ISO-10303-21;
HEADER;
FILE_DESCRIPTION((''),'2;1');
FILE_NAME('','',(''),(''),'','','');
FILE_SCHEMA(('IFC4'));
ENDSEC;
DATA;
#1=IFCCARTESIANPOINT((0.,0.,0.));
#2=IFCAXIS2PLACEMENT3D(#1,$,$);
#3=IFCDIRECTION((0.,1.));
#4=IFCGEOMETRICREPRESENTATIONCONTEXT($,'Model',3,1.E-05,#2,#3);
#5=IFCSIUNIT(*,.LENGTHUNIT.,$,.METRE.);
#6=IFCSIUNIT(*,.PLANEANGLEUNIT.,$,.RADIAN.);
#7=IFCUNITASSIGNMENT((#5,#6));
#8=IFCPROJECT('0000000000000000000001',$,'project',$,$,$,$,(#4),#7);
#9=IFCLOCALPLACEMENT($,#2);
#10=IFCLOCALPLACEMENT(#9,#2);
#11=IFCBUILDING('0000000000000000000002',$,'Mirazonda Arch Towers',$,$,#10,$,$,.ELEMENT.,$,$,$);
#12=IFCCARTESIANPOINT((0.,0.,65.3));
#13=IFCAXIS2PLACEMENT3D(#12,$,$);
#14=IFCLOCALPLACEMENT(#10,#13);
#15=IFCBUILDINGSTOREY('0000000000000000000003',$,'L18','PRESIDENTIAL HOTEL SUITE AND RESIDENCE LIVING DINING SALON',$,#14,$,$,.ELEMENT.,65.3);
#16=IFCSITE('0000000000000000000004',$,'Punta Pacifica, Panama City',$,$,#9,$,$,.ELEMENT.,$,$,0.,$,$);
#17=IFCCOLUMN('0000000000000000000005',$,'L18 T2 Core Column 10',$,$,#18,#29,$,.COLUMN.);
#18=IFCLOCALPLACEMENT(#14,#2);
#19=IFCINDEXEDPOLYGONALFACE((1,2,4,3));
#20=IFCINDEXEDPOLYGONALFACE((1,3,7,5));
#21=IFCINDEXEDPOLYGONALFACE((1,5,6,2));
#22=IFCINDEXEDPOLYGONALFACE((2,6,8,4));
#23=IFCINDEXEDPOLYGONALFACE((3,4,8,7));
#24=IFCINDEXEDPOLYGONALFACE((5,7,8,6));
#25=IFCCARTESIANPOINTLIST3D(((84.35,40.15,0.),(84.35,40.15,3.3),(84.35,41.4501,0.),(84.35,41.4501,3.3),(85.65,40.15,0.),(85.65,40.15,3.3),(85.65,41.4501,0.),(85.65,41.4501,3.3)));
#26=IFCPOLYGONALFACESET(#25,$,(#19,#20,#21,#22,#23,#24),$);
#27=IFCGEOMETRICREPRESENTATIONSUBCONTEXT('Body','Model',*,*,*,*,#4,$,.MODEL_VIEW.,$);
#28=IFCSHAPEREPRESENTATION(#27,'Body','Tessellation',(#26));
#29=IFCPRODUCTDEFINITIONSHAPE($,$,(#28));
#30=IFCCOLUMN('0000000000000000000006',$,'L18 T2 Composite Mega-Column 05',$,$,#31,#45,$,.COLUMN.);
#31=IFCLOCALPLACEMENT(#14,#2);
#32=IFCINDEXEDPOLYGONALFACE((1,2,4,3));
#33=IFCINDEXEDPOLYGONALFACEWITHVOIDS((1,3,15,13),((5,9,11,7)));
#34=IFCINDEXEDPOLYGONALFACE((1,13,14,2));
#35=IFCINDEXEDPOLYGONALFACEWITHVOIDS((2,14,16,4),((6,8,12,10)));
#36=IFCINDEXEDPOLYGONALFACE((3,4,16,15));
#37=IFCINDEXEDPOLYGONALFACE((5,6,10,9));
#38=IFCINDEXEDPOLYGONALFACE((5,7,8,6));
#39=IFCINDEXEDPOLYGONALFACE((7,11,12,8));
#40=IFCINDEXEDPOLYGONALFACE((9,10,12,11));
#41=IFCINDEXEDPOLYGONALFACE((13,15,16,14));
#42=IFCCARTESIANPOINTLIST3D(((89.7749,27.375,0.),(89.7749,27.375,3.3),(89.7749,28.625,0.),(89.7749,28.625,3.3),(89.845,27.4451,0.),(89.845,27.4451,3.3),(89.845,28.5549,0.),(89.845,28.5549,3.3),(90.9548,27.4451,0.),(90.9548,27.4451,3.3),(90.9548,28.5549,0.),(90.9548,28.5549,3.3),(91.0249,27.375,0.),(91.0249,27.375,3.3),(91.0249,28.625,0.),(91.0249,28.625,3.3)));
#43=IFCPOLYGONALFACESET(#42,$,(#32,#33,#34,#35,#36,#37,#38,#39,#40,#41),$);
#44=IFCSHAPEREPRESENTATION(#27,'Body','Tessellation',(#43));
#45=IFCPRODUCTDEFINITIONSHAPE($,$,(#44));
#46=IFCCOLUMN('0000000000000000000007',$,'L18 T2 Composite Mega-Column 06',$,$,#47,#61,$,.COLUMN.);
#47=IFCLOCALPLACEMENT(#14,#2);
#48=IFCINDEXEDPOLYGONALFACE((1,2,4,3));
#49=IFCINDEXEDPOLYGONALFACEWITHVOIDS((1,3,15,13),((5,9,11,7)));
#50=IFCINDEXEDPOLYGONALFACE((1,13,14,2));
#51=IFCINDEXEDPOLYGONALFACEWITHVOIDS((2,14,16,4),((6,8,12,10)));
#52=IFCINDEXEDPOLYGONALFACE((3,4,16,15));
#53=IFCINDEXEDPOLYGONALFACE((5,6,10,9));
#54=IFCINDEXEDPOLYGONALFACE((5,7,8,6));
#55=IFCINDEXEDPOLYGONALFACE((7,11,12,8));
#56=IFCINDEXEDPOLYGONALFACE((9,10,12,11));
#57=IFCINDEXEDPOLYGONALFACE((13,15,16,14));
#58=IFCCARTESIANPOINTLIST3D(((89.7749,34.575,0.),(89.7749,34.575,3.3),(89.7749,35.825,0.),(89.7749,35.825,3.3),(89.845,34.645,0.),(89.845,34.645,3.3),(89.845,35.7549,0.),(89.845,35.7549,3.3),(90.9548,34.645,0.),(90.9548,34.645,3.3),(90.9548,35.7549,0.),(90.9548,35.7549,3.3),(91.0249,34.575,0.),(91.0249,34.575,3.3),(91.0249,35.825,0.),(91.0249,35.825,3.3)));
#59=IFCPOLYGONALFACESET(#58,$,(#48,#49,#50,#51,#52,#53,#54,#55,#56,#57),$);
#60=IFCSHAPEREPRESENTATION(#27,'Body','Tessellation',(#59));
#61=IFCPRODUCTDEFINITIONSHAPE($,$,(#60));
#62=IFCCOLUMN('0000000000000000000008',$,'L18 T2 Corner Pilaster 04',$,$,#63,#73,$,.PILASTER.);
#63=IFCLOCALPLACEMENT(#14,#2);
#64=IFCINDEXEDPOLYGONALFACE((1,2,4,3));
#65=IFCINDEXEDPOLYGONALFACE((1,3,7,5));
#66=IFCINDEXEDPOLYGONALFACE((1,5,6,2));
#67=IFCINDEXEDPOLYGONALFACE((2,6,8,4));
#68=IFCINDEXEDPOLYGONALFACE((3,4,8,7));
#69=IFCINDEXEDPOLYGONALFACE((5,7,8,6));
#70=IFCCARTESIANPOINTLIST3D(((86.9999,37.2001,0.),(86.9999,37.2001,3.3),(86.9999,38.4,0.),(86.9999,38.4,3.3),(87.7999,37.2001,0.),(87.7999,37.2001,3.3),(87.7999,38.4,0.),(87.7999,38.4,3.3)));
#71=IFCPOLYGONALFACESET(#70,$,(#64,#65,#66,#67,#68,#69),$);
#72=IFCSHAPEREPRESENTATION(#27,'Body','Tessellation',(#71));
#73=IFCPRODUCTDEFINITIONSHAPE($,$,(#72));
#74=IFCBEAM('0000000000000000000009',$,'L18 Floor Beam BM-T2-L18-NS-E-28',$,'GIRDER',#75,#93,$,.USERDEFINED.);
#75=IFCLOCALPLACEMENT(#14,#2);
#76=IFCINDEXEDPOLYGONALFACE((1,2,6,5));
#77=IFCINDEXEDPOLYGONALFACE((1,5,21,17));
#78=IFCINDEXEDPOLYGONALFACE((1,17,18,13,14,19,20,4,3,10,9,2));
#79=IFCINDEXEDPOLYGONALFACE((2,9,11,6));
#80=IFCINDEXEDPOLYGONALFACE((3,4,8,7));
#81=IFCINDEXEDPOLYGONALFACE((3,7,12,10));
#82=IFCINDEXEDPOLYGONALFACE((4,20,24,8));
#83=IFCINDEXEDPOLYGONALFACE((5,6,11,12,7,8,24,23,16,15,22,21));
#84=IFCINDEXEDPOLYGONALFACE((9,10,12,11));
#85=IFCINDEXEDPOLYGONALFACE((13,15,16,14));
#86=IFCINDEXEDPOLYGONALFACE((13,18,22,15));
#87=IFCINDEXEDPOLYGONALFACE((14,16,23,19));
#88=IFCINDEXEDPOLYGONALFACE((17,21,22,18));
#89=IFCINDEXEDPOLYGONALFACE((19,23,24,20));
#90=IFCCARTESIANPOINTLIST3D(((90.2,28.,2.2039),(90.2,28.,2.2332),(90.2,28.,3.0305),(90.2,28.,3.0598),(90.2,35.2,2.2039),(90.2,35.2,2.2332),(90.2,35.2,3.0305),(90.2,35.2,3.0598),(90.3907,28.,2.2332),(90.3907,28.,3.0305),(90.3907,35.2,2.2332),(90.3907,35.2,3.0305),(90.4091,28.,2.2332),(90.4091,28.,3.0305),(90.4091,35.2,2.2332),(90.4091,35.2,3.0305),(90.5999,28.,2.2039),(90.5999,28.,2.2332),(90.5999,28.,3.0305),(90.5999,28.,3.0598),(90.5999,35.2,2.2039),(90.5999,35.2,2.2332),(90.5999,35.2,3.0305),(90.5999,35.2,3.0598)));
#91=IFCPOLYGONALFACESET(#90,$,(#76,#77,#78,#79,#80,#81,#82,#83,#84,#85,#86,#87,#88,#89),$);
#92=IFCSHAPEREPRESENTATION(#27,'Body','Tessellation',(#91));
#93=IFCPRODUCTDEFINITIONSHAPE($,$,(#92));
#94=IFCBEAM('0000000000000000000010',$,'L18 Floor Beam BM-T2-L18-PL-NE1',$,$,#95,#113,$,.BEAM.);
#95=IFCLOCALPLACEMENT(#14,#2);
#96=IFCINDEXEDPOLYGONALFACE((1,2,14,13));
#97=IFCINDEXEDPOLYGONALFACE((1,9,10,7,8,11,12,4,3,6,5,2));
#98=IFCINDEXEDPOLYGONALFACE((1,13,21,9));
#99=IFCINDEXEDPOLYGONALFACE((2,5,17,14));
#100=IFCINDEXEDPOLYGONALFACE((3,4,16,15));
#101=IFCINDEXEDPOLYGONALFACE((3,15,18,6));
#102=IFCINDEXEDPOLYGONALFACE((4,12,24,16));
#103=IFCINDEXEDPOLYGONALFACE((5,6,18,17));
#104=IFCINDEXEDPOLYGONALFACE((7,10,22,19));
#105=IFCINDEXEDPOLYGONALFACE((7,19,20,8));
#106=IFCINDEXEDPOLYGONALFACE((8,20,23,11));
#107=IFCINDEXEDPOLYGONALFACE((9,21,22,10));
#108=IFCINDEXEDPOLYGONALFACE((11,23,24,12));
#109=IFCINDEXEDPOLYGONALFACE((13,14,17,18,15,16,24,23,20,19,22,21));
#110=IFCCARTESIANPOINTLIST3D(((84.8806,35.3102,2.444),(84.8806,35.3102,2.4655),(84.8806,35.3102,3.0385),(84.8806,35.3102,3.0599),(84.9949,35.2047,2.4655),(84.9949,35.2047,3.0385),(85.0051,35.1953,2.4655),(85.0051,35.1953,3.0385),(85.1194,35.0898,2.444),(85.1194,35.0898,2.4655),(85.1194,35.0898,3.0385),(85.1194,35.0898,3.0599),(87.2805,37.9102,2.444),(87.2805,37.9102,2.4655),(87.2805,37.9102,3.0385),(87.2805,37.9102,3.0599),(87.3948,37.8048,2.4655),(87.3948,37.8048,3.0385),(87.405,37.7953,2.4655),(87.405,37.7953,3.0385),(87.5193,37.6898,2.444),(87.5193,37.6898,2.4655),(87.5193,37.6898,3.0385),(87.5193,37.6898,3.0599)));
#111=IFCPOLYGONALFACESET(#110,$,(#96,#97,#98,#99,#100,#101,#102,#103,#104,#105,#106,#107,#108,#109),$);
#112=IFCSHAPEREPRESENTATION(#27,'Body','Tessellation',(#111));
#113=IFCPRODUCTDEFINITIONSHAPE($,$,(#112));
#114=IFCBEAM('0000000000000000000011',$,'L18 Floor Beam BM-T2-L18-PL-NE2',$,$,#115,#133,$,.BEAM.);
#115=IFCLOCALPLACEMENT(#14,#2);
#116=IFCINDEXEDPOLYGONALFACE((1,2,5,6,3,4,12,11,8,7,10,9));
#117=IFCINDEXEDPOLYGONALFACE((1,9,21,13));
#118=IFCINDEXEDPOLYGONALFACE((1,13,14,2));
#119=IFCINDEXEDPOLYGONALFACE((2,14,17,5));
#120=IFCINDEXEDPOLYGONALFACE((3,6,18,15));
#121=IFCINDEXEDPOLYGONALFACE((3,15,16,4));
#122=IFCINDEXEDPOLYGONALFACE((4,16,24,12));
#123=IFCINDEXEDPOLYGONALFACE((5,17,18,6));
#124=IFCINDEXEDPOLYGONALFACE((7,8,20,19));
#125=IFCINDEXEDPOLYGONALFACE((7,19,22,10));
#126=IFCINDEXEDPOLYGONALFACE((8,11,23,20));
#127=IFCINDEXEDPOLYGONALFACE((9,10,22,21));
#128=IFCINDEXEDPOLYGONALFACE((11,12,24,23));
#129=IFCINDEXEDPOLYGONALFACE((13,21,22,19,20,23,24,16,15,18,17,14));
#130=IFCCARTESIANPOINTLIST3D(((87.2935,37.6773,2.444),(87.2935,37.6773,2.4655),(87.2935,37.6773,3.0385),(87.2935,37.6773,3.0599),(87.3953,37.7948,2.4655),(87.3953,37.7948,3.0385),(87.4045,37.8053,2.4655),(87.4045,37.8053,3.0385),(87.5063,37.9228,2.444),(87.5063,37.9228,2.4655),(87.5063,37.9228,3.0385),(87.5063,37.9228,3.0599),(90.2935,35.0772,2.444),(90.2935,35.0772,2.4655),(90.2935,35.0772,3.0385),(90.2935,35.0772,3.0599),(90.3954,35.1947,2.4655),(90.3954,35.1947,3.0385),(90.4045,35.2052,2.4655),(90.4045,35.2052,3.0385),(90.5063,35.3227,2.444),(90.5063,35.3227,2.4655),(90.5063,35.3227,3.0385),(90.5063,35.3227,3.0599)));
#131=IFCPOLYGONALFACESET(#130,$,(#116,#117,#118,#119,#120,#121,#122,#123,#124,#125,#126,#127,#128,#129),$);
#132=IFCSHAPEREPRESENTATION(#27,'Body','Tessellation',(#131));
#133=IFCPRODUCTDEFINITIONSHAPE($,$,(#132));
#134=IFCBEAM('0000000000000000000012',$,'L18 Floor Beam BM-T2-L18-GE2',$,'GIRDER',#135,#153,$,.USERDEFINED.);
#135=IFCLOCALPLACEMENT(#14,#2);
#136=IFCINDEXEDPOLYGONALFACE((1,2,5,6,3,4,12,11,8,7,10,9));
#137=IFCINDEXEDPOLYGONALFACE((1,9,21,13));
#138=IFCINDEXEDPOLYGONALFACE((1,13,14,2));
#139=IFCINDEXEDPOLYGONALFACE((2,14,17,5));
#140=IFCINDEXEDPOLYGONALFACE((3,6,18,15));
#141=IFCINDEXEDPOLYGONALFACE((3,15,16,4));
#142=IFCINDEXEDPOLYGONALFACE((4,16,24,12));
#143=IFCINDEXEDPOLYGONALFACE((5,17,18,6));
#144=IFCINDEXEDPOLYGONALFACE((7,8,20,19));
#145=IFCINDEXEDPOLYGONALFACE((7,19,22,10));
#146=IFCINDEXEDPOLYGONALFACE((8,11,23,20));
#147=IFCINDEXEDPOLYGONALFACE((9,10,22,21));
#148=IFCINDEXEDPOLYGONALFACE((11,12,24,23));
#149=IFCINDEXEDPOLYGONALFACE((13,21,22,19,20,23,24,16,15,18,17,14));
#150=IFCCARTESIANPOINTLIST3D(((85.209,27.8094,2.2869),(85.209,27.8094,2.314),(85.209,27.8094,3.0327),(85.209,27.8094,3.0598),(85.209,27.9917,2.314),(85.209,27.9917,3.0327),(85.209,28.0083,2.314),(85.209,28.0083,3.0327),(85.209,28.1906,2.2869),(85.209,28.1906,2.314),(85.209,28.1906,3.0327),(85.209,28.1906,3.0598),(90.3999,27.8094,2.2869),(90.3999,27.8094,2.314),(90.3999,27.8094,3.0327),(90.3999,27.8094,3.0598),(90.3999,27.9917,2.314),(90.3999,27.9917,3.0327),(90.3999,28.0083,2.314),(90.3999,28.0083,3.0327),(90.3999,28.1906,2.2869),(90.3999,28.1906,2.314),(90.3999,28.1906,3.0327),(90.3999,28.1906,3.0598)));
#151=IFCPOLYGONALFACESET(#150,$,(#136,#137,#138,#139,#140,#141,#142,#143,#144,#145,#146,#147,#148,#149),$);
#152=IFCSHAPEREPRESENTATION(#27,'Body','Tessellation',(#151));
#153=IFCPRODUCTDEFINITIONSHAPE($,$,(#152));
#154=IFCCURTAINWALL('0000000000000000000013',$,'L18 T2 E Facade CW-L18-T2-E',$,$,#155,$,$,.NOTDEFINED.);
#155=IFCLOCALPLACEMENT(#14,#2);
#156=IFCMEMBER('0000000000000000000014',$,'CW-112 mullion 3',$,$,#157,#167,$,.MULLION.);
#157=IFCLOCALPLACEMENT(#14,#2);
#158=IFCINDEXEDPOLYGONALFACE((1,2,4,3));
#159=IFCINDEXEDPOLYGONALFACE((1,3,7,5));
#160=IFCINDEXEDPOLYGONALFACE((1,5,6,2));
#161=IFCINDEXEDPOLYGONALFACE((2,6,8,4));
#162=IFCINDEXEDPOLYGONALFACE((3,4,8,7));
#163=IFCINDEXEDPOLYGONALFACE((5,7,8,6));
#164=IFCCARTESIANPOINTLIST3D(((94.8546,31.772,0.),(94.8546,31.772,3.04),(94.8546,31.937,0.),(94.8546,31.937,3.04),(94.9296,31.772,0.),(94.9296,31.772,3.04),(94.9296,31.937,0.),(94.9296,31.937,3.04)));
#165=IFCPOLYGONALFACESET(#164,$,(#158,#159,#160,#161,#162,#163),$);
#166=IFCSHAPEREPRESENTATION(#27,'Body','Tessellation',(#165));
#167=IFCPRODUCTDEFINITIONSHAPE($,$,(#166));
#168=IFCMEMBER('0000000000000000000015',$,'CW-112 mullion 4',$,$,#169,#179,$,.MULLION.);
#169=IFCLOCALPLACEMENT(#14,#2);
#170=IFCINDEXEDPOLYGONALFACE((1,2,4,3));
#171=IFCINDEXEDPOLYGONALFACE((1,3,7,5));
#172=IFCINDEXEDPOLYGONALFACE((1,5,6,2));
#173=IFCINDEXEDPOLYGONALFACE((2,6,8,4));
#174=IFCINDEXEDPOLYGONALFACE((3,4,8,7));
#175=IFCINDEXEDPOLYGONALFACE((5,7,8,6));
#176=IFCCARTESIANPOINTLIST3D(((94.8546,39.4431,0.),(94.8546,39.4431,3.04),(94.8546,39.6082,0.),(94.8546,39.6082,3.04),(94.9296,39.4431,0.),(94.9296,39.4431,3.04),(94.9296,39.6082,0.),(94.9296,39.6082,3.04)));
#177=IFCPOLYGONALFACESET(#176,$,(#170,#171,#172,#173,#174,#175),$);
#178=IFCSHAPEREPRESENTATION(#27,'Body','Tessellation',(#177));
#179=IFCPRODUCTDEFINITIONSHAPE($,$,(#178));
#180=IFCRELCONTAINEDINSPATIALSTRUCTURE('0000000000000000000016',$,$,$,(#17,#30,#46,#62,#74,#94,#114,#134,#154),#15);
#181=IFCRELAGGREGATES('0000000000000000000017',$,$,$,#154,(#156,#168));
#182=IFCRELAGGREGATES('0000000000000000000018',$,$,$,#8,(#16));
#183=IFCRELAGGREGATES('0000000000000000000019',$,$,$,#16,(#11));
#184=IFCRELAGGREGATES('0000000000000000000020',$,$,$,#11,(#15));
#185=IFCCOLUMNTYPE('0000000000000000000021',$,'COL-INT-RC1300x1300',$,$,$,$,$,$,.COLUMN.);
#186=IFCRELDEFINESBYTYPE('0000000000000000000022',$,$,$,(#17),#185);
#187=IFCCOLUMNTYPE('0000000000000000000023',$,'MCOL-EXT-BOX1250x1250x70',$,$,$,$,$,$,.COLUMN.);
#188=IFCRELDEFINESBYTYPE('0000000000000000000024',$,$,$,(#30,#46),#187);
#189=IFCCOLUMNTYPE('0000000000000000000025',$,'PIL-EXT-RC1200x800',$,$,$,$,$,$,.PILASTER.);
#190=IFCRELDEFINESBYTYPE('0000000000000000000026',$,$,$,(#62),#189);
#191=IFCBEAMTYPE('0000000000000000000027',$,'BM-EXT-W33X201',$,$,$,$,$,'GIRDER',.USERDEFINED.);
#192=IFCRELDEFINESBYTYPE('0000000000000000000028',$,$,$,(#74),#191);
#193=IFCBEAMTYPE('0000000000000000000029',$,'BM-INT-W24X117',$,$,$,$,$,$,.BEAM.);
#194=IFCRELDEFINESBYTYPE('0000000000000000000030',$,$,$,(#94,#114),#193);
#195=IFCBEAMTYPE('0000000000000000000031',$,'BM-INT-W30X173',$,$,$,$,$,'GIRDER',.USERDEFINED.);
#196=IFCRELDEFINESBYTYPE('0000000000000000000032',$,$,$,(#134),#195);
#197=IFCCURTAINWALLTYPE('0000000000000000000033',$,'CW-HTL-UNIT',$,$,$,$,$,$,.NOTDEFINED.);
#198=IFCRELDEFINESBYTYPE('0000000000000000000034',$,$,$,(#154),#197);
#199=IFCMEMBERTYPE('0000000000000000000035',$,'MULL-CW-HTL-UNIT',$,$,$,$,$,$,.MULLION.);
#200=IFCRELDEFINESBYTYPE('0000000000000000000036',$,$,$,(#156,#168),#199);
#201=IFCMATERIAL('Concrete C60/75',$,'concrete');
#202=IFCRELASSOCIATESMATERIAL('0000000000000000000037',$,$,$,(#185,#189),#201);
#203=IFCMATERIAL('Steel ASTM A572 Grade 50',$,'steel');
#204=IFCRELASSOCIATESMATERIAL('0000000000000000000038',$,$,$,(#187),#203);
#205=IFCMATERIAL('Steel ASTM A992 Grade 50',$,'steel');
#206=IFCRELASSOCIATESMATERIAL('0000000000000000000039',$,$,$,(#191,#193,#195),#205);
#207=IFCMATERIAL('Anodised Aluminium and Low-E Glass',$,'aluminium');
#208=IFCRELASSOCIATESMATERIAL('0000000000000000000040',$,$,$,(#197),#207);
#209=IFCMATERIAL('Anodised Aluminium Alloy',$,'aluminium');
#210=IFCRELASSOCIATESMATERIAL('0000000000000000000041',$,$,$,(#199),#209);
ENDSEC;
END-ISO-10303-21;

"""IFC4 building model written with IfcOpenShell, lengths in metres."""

from ifc_helpers import new_model, si_unit, direction, frame, origin, origin_2d, place, context, subcontext, project, spatial, rectangle, hollow_rectangle, i_section, extrude, material, material_profile, profile_set, type_object, element, aggregate, save


model = new_model("IFC4")

# Units and contexts
model_context = context("Model", 3, precision=1e-05, world=origin(), true_north=direction((0.0, 1.0)))
body_context = subcontext(model_context, "Body", "Model", "MODEL_VIEW")
ifc_project = project(units=[si_unit("LENGTHUNIT", "METRE"), si_unit("PLANEANGLEUNIT", "RADIAN")], contexts=[model_context])

# Site, building, storey
site_placement = place(None, origin())
site = spatial("IfcSite", under=ifc_project, at=site_placement, Name="Punta Pacifica, Panama City", CompositionType="ELEMENT", RefElevation=0.0)
building_placement = place(site_placement, origin())
building = spatial("IfcBuilding", under=site, at=building_placement, Name="Mirazonda Arch Towers", CompositionType="ELEMENT")
storey_placement = place(building_placement, frame((0.0, 0.0, 65.3)))
storey = spatial("IfcBuildingStorey", under=building, at=storey_placement, Name="L18", Description="PRESIDENTIAL HOTEL SUITE AND RESIDENCE LIVING DINING SALON", CompositionType="ELEMENT", Elevation=65.3)

# Columns
ifc_material_1 = material(Name="Concrete C60/75", Category="concrete")
ifc_material_profile_1 = material_profile(ifc_material_1, rectangle(XDim=1.3, YDim=1.3, at=origin_2d()), Name="RC1300x1300")
ifc_profile_set_1 = profile_set([ifc_material_profile_1], Name="Concrete C60/75")
column_type_1 = type_object("IfcColumnType", Name="COL-INT-RC1300x1300", PredefinedType="COLUMN", material=ifc_profile_set_1)
column_1_placement = place(storey_placement, frame((85.0, 40.8, 0.0), z_axis=(0.0, 0.0, 1.0), x_axis=(1.0, 0.0, 0.0)))
element("IfcColumn", 1, at=column_1_placement, inside=storey, type_object=column_type_1, Name="L18 T2 Core Column 10", PredefinedType="COLUMN", context=body_context, shape_type="SweptSolid", body=[
    extrude(rectangle(XDim=1.3, YDim=1.3, at=origin_2d()), origin(), (0.0, 0.0, 1.0), 3.3),
])
ifc_material_2 = material(Name="Steel ASTM A572 Grade 50", Category="steel")
ifc_material_profile_2 = material_profile(ifc_material_2, hollow_rectangle(XDim=1.25, YDim=1.25, WallThickness=0.0701, at=origin_2d()), Name="BOX1250x1250x70")
ifc_profile_set_2 = profile_set([ifc_material_profile_2], Name="Steel ASTM A572 Grade 50")
column_type_2 = type_object("IfcColumnType", Name="MCOL-EXT-BOX1250x1250x70", PredefinedType="COLUMN", material=ifc_profile_set_2)
for number, where, z_axis, x_axis, name in (
    (2, (90.3999, 28.0, 0.0), (0.0, 0.0, 1.0), (1.0, 0.0, 0.0), "L18 T2 Composite Mega-Column 05"),
    (3, (90.3999, 35.2, 0.0), (0.0, 0.0, 1.0), (1.0, 0.0, 0.0), "L18 T2 Composite Mega-Column 06"),
):
    element("IfcColumn", number, at=place(storey_placement, frame(where, z_axis=z_axis, x_axis=x_axis)), inside=storey, type_object=column_type_2, Name=name, PredefinedType="COLUMN", context=body_context, shape_type="SweptSolid", body=[
        extrude(hollow_rectangle(XDim=1.25, YDim=1.25, WallThickness=0.0701, at=origin_2d()), origin(), (0.0, 0.0, 1.0), 3.3),
    ])
ifc_material_profile_3 = material_profile(ifc_material_1, rectangle(XDim=0.8, YDim=1.2, at=origin_2d()), Name="RC1200x800")
ifc_profile_set_3 = profile_set([ifc_material_profile_3], Name="Concrete C60/75")
column_type_3 = type_object("IfcColumnType", Name="PIL-EXT-RC1200x800", PredefinedType="PILASTER", material=ifc_profile_set_3)
column_2_placement = place(storey_placement, frame((87.3999, 37.8, 0.0), z_axis=(0.0, 0.0, 1.0), x_axis=(1.0, 0.0, 0.0)))
element("IfcColumn", 4, at=column_2_placement, inside=storey, type_object=column_type_3, Name="L18 T2 Corner Pilaster 04", PredefinedType="PILASTER", context=body_context, shape_type="SweptSolid", body=[
    extrude(rectangle(XDim=0.8, YDim=1.2, at=origin_2d()), origin(), (0.0, 0.0, 1.0), 3.3),
])

# Beams
ifc_material_3 = material(Name="Steel ASTM A992 Grade 50", Category="steel")
ifc_material_profile_4 = material_profile(ifc_material_3, i_section(OverallWidth=0.3999, OverallDepth=0.856, WebThickness=0.0183, FlangeThickness=0.0293, at=origin_2d()), Name="W33X201")
ifc_profile_set_4 = profile_set([ifc_material_profile_4], Name="Steel ASTM A992 Grade 50")
beam_type_1 = type_object("IfcBeamType", Name="BM-EXT-W33X201", ElementType="GIRDER", PredefinedType="USERDEFINED", material=ifc_profile_set_4)
beam_1_placement = place(storey_placement, frame((90.3999, 28.0, 2.6318), z_axis=(0.0, 1.0, 0.0), x_axis=(-1.0, 0.0, 0.0)))
element("IfcBeam", 5, at=beam_1_placement, inside=storey, type_object=beam_type_1, Name="L18 Floor Beam BM-T2-L18-NS-E-28", ObjectType="GIRDER", PredefinedType="USERDEFINED", context=body_context, shape_type="SweptSolid", body=[
    extrude(i_section(OverallWidth=0.3999, OverallDepth=0.856, WebThickness=0.0183, FlangeThickness=0.0293, at=origin_2d()), origin(), (0.0, 0.0, 1.0), 7.2),
])
ifc_material_profile_5 = material_profile(ifc_material_3, i_section(OverallWidth=0.325, OverallDepth=0.616, WebThickness=0.0139, FlangeThickness=0.0215, at=origin_2d()), Name="W24X117")
ifc_profile_set_5 = profile_set([ifc_material_profile_5], Name="Steel ASTM A992 Grade 50")
beam_type_2 = type_object("IfcBeamType", Name="BM-INT-W24X117", PredefinedType="BEAM", material=ifc_profile_set_5)
beam_2_placement = place(storey_placement, frame((87.3999, 37.8, 2.752), z_axis=(-0.678251, -0.73483, 0.0), x_axis=(0.73483, -0.678251, 0.0)))
element("IfcBeam", 6, at=beam_2_placement, inside=storey, type_object=beam_type_2, Name="L18 Floor Beam BM-T2-L18-PL-NE1", PredefinedType="BEAM", context=body_context, shape_type="SweptSolid", body=[
    extrude(i_section(OverallWidth=0.325, OverallDepth=0.616, WebThickness=0.0139, FlangeThickness=0.0215, at=origin_2d()), origin(), (0.0, 0.0, 1.0), 3.5383),
])
beam_3_placement = place(storey_placement, frame((87.3999, 37.8, 2.752), z_axis=(0.755677, -0.654945, 0.0), x_axis=(0.654945, 0.755677, 0.0)))
element("IfcBeam", 7, at=beam_3_placement, inside=storey, type_object=beam_type_2, Name="L18 Floor Beam BM-T2-L18-PL-NE2", PredefinedType="BEAM", context=body_context, shape_type="SweptSolid", body=[
    extrude(i_section(OverallWidth=0.325, OverallDepth=0.616, WebThickness=0.0139, FlangeThickness=0.0215, at=origin_2d()), origin(), (0.0, 0.0, 1.0), 3.97),
])
ifc_material_profile_6 = material_profile(ifc_material_3, i_section(OverallWidth=0.3811, OverallDepth=0.7729, WebThickness=0.0166, FlangeThickness=0.0271, at=origin_2d()), Name="W30X173")
ifc_profile_set_6 = profile_set([ifc_material_profile_6], Name="Steel ASTM A992 Grade 50")
beam_type_3 = type_object("IfcBeamType", Name="BM-INT-W30X173", ElementType="GIRDER", PredefinedType="USERDEFINED", material=ifc_profile_set_6)
beam_4_placement = place(storey_placement, frame((85.209, 28.0, 2.6733), z_axis=(1.0, 0.0, 0.0), x_axis=(0.0, 1.0, 0.0)))
element("IfcBeam", 8, at=beam_4_placement, inside=storey, type_object=beam_type_3, Name="L18 Floor Beam BM-T2-L18-GE2", ObjectType="GIRDER", PredefinedType="USERDEFINED", context=body_context, shape_type="SweptSolid", body=[
    extrude(i_section(OverallWidth=0.3811, OverallDepth=0.7729, WebThickness=0.0166, FlangeThickness=0.0271, at=origin_2d()), origin(), (0.0, 0.0, 1.0), 5.1909),
])

# Curtain wall, members
ifc_material_4 = material(Name="Anodised Aluminium and Low-E Glass", Category="aluminium")
curtain_wall_type = type_object("IfcCurtainWallType", Name="CW-HTL-UNIT", PredefinedType="NOTDEFINED", material=ifc_material_4)
curtain_wall_1_placement = place(storey_placement, origin())
curtain_wall_1 = element("IfcCurtainWall", 9, at=curtain_wall_1_placement, inside=storey, type_object=curtain_wall_type, Name="L18 T2 E Facade CW-L18-T2-E", PredefinedType="NOTDEFINED")
ifc_material_5 = material(Name="Anodised Aluminium Alloy", Category="aluminium")
ifc_material_profile_7 = material_profile(ifc_material_5, rectangle(XDim=0.075, YDim=0.165, at=origin_2d()), Name="ALU-MULL-75x165")
ifc_profile_set_7 = profile_set([ifc_material_profile_7], Name="Anodised Aluminium Alloy")
member_type_1 = type_object("IfcMemberType", Name="MULL-CW-HTL-UNIT", PredefinedType="MULLION", material=ifc_profile_set_7)
member_1_placement = place(storey_placement, frame((94.8921, 31.8545, 0.0), z_axis=(0.0, 0.0, 1.0), x_axis=(-1.0, 0.0, 0.0)))
member_1 = element("IfcMember", 10, at=member_1_placement, type_object=member_type_1, Name="CW-112 mullion 3", PredefinedType="MULLION", context=body_context, shape_type="SweptSolid", body=[
    extrude(rectangle(XDim=0.075, YDim=0.165, at=origin_2d()), origin(), (0.0, 0.0, 1.0), 3.04),
])
member_2_placement = place(storey_placement, frame((94.8921, 39.5256, 0.0), z_axis=(0.0, 0.0, 1.0), x_axis=(-1.0, 0.0, 0.0)))
member_2 = element("IfcMember", 11, at=member_2_placement, type_object=member_type_1, Name="CW-112 mullion 4", PredefinedType="MULLION", context=body_context, shape_type="SweptSolid", body=[
    extrude(rectangle(XDim=0.075, YDim=0.165, at=origin_2d()), origin(), (0.0, 0.0, 1.0), 3.04),
])

aggregate(curtain_wall_1, [member_1, member_2])

save(model, "model.ifc")
